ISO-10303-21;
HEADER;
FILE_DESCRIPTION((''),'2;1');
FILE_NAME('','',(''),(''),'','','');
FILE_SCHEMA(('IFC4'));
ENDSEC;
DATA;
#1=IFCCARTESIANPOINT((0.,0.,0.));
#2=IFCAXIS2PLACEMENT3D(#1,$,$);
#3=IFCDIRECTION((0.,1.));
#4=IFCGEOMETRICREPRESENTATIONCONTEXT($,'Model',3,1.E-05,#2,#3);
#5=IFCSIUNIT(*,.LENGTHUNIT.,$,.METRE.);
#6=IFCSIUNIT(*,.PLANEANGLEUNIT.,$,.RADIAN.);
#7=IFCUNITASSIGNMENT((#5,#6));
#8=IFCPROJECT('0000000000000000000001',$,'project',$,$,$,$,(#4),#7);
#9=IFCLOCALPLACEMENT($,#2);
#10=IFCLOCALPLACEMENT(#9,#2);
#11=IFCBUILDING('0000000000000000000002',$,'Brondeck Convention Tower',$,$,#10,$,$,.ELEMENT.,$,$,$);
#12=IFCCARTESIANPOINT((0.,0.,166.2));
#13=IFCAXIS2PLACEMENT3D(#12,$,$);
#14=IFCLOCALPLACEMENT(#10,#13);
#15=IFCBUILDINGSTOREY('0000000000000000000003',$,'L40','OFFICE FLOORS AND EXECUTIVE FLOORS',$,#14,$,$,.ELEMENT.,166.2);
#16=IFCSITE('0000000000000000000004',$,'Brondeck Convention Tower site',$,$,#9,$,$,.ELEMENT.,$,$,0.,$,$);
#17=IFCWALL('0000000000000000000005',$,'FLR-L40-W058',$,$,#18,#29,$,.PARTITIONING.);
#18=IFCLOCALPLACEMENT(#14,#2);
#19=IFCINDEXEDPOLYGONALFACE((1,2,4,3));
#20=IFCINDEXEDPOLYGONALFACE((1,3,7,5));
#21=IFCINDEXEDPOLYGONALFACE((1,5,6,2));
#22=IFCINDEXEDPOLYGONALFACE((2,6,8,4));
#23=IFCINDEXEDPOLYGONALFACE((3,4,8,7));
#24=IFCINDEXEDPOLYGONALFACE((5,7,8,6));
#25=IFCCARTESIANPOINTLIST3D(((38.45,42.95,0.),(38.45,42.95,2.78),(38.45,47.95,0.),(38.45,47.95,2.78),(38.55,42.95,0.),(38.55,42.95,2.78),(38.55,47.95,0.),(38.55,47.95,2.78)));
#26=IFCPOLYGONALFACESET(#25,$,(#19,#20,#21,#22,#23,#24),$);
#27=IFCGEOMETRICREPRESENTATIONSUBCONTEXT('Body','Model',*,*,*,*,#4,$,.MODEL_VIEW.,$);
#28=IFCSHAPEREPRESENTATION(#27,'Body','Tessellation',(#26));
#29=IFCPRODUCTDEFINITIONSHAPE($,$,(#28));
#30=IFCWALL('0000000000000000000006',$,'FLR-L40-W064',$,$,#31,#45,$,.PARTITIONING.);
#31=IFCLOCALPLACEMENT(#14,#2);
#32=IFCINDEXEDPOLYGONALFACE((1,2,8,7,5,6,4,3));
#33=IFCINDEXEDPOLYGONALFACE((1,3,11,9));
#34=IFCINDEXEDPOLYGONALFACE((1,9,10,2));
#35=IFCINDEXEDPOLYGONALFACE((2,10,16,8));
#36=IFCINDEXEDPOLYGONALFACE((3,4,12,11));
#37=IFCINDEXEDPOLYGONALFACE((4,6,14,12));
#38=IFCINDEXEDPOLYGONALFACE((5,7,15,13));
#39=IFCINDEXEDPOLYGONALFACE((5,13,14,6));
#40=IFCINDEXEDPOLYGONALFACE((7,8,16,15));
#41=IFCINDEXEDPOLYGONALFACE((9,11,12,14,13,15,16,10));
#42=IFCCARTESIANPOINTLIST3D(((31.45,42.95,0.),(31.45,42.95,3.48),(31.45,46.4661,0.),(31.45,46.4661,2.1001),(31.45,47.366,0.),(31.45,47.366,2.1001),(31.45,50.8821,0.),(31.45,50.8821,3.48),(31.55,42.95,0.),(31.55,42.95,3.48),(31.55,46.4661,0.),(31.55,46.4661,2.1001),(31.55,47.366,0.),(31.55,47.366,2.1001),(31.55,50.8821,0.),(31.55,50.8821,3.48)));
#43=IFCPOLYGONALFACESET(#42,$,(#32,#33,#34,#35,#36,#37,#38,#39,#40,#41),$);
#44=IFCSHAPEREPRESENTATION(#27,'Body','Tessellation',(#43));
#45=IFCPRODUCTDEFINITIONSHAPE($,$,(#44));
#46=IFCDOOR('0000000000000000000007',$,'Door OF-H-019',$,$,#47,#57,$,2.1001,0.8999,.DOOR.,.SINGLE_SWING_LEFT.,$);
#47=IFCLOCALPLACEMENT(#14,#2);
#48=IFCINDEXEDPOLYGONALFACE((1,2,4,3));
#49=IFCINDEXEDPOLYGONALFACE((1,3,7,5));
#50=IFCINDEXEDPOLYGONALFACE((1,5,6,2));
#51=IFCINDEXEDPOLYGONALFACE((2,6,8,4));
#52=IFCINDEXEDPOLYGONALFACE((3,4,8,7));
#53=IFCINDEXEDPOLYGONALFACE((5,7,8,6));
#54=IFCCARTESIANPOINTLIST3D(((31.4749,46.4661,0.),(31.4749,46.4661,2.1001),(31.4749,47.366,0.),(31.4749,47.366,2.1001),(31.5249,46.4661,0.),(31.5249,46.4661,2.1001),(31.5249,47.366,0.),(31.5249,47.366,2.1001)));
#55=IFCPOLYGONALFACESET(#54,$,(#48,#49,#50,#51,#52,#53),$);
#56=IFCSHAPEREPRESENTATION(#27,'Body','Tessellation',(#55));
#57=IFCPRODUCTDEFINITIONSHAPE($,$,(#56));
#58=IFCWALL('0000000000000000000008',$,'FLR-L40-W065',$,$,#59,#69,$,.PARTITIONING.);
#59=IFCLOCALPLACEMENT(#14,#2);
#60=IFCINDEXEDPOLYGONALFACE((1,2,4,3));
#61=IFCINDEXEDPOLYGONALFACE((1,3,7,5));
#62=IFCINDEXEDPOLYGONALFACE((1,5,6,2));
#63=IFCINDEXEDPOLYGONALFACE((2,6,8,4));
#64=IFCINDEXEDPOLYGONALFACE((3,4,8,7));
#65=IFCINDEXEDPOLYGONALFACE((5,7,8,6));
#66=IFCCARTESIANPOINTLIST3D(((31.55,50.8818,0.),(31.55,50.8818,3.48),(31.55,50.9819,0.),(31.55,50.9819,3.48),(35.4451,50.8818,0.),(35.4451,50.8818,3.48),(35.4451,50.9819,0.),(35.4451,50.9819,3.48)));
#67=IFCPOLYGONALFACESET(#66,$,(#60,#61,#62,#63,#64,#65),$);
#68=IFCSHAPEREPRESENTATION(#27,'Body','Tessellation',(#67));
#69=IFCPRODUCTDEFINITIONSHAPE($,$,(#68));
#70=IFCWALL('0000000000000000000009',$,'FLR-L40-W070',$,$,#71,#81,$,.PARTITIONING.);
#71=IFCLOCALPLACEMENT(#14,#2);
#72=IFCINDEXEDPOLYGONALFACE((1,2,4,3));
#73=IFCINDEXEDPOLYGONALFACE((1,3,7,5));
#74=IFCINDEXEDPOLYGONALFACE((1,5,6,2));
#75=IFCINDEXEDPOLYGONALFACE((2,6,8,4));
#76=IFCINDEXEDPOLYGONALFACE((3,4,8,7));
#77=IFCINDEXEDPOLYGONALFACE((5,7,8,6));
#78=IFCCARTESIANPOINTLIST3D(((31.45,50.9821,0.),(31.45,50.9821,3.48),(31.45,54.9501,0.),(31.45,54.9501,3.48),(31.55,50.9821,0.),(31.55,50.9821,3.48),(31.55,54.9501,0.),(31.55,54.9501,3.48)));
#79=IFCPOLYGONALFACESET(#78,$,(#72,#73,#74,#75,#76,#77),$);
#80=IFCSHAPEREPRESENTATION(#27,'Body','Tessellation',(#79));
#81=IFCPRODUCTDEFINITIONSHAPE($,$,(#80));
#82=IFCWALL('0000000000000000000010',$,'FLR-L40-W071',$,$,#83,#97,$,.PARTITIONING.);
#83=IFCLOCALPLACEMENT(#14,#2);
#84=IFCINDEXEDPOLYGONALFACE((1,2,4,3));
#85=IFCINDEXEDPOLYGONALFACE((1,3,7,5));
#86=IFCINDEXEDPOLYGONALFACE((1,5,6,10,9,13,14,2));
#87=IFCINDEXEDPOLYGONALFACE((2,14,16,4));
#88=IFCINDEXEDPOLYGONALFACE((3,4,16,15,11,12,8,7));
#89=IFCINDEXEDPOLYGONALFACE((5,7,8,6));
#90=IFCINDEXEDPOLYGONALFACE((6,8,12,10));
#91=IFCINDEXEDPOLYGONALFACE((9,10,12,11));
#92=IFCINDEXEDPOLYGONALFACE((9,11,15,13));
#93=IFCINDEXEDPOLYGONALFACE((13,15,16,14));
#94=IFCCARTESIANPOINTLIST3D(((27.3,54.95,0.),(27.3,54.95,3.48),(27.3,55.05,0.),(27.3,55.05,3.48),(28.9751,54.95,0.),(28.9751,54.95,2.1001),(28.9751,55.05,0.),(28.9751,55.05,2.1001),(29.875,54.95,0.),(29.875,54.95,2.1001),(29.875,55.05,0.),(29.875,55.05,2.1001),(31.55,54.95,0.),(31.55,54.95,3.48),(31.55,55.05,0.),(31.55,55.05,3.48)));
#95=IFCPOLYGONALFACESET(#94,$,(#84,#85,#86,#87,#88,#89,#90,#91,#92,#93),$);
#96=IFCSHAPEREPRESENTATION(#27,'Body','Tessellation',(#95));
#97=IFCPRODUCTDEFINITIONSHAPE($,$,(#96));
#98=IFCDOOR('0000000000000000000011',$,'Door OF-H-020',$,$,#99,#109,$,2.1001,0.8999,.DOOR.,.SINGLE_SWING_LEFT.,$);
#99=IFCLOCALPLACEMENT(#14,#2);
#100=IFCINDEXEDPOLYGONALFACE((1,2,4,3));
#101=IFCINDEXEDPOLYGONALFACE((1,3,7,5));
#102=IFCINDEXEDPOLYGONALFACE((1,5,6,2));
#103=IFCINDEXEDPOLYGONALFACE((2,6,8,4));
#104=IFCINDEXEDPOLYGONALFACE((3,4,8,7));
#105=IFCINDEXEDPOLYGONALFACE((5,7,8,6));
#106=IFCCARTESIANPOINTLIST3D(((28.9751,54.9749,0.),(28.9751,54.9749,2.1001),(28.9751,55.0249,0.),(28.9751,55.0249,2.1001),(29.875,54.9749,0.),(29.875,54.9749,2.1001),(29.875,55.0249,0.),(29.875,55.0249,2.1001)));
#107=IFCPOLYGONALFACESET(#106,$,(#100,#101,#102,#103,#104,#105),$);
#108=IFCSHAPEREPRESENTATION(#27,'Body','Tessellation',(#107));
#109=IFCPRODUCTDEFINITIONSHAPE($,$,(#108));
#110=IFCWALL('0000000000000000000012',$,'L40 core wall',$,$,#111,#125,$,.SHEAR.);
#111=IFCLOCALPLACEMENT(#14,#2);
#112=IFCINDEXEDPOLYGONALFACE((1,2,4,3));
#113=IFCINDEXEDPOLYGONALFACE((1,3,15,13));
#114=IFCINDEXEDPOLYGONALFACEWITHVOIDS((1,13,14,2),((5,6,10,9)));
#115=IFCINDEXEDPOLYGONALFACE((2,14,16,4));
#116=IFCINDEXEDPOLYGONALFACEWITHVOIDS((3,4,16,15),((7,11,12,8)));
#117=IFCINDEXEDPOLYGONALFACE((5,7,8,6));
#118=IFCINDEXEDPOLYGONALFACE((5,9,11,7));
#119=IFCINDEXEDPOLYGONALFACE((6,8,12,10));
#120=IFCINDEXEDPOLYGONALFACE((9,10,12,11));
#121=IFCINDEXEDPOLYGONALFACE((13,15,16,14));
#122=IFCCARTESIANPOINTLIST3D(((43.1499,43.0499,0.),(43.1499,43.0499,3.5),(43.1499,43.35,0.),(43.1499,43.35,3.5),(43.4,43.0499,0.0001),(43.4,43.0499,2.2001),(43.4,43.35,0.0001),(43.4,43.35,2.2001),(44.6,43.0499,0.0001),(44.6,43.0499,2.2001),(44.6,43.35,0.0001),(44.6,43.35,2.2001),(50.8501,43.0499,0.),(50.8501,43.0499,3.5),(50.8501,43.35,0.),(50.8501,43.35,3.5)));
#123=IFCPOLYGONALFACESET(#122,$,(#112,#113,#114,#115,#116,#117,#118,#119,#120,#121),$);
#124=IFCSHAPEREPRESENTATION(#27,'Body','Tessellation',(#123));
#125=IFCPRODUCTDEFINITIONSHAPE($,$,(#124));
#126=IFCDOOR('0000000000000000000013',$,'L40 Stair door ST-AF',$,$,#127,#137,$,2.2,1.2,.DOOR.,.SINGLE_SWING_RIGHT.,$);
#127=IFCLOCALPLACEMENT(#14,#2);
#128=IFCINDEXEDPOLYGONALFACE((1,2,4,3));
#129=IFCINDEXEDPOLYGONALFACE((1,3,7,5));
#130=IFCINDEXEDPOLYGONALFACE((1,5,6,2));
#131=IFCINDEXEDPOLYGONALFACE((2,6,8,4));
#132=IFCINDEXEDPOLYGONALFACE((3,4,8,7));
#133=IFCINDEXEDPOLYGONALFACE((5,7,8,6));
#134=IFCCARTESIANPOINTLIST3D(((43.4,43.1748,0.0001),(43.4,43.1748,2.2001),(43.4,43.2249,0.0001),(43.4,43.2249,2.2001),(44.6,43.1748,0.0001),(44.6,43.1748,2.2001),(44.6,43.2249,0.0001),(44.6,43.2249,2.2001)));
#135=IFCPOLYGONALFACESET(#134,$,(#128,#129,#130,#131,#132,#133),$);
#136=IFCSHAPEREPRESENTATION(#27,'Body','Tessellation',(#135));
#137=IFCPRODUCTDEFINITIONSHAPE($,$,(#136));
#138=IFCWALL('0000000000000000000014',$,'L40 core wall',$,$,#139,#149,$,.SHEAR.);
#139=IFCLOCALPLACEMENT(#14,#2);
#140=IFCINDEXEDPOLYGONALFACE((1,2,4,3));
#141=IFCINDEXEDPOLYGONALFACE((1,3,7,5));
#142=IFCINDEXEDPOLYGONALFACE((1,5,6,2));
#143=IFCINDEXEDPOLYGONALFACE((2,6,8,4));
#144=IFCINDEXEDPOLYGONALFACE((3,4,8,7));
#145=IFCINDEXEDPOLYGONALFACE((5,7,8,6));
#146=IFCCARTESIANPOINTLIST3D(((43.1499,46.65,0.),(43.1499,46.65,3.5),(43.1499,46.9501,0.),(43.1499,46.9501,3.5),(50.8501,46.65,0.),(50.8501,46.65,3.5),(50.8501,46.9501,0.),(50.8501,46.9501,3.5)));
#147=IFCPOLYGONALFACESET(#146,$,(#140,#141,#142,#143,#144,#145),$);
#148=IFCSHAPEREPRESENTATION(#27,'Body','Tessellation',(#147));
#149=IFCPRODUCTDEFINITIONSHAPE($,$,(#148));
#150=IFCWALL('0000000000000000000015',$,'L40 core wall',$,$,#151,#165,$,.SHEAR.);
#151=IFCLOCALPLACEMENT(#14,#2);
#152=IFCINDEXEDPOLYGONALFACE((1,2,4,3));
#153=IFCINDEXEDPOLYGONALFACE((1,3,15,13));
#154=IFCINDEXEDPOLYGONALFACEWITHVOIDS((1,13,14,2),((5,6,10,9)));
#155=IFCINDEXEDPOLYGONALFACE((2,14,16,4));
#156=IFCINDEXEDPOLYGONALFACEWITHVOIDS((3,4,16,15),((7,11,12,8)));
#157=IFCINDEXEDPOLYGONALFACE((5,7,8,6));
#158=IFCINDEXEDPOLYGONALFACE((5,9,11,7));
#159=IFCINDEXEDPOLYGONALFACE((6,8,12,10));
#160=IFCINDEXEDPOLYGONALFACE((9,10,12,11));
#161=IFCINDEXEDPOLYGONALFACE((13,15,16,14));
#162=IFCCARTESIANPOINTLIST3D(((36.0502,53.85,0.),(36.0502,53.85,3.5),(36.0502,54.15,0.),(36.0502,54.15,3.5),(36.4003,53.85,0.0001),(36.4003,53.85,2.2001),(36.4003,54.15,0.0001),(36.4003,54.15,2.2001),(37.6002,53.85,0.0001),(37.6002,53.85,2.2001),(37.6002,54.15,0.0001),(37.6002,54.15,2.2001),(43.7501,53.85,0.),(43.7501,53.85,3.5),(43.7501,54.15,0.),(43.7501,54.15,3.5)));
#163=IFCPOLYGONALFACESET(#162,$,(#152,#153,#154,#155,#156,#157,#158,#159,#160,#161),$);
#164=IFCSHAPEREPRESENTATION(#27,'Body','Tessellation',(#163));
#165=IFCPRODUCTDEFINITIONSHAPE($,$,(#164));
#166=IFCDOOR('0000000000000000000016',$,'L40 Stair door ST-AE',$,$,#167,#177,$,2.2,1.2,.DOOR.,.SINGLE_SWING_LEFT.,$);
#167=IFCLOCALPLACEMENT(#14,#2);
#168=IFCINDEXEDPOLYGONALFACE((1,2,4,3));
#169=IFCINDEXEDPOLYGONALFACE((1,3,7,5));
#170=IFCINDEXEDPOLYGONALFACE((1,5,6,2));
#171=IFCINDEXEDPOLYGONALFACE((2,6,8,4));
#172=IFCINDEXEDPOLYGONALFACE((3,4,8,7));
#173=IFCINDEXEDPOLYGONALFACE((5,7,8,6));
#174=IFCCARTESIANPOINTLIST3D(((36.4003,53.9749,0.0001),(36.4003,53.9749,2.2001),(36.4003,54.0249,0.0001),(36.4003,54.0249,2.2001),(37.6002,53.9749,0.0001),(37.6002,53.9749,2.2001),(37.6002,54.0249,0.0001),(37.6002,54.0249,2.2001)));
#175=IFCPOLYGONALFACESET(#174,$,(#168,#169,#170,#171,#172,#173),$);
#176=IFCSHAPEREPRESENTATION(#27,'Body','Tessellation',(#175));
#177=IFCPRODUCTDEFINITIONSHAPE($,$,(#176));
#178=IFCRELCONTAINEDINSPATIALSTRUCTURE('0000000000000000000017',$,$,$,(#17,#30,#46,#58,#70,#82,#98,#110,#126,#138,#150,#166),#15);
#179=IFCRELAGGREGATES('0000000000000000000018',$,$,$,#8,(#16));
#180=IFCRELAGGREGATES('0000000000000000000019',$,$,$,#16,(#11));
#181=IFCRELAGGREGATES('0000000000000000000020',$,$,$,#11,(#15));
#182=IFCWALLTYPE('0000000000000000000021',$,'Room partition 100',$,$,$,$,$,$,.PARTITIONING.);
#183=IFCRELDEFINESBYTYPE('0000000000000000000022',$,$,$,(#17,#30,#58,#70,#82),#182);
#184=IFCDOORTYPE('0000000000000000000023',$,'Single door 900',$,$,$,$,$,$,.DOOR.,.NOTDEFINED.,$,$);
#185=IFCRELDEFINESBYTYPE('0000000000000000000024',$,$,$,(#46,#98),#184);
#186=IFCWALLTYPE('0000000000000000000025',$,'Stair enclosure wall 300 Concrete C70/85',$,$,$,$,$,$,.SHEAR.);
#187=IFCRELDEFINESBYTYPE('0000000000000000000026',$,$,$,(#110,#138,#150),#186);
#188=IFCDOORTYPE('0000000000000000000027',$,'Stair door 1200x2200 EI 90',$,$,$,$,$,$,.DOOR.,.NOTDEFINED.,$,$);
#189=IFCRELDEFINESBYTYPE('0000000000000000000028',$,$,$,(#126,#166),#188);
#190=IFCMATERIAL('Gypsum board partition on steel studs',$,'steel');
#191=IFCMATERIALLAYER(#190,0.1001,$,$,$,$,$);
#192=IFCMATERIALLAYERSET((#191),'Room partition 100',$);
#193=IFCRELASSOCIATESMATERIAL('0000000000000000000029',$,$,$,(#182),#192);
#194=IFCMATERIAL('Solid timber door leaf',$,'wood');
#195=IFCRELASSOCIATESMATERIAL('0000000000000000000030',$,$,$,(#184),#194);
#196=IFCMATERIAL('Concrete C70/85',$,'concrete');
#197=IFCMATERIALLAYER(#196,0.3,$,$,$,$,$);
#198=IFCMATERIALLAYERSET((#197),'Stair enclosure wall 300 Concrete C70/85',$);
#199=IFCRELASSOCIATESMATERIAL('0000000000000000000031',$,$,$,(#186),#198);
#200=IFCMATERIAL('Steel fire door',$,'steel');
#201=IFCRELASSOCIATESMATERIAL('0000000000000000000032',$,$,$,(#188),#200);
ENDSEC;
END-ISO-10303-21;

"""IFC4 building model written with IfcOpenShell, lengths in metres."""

from ifc_helpers import new_model, si_unit, direction, frame, frame_2d, origin, place, context, subcontext, project, spatial, rectangle, extrude, material, layer, layer_set, type_object, element, fill, save


model = new_model("IFC4")

# Units and contexts
model_context = context("Model", 3, precision=1e-05, world=origin(), true_north=direction((0.0, 1.0)))
body_context = subcontext(model_context, "Body", "Model", "MODEL_VIEW")
ifc_project = project(units=[si_unit("LENGTHUNIT", "METRE"), si_unit("PLANEANGLEUNIT", "RADIAN")], contexts=[model_context])

# Site, building, storey
site_placement = place(None, origin())
site = spatial("IfcSite", under=ifc_project, at=site_placement, Name="Brondeck Convention Tower site", CompositionType="ELEMENT", RefElevation=0.0)
building_placement = place(site_placement, origin())
building = spatial("IfcBuilding", under=site, at=building_placement, Name="Brondeck Convention Tower", CompositionType="ELEMENT")
storey_placement = place(building_placement, frame((0.0, 0.0, 166.2)))
storey = spatial("IfcBuildingStorey", under=building, at=storey_placement, Name="L40", Description="OFFICE FLOORS AND EXECUTIVE FLOORS", CompositionType="ELEMENT", Elevation=166.2)

# Shared definitions
ifc_material_1 = material(Name="Concrete C70/85", Category="concrete")

# Wall
ifc_material_2 = material(Name="Gypsum board partition on steel studs", Category="steel")
ifc_layer_1 = layer(ifc_material_2, 0.1001)
ifc_layer_set_1 = layer_set([ifc_layer_1], Name="Room partition 100")
wall_type_1 = type_object("IfcWallType", Name="Room partition 100", PredefinedType="PARTITIONING", material=ifc_layer_set_1)
wall_1_placement = place(storey_placement, frame((38.5, 47.95, 0.0), z_axis=(0.0, 0.0, 1.0), x_axis=(0.0, -1.0, 0.0)))
element("IfcWall", 1, at=wall_1_placement, inside=storey, type_object=wall_type_1, Name="FLR-L40-W058", PredefinedType="PARTITIONING", context=body_context, shape_type="SweptSolid", body=[
    extrude(rectangle(XDim=5.0, YDim=0.1001, at=frame_2d((2.5, 0.0))), origin(), (0.0, 0.0, 1.0), 2.78),
])

# Wall, opening, door
wall_2_placement = place(storey_placement, frame((31.5, 50.8821, 0.0), z_axis=(0.0, 0.0, 1.0), x_axis=(0.0, -1.0, 0.0)))
wall_2 = element("IfcWall", 2, at=wall_2_placement, inside=storey, type_object=wall_type_1, Name="FLR-L40-W064", PredefinedType="PARTITIONING", context=body_context, shape_type="SweptSolid", body=[
    extrude(rectangle(XDim=7.9321, YDim=0.1001, at=frame_2d((3.9661, 0.0))), origin(), (0.0, 0.0, 1.0), 3.48),
])
opening_1_placement = place(wall_2_placement, frame((3.5161, 0.0, 0.0)))
opening_1 = element("IfcOpeningElement", 3, at=opening_1_placement, cuts=wall_2, PredefinedType="OPENING", context=body_context, shape_type="SweptSolid", body=[
    extrude(rectangle(XDim=0.8999, YDim=2.1001, at=frame_2d((0.45, 1.05))), frame((0.0, 0.0601, 0.0), z_axis=(0.0, -1.0, 0.0), x_axis=(1.0, 0.0, 0.0)), (0.0, 0.0, 1.0), 0.1201),
])
ifc_material_3 = material(Name="Solid timber door leaf", Category="wood")
door_type_1 = type_object("IfcDoorType", Name="Single door 900", OperationType="NOTDEFINED", PredefinedType="DOOR", material=ifc_material_3)
door_1_placement = place(opening_1_placement, origin())
door_1 = element("IfcDoor", 4, at=door_1_placement, inside=storey, type_object=door_type_1, Name="Door OF-H-019", OperationType="SINGLE_SWING_LEFT", OverallHeight=2.1001, OverallWidth=0.8999, PredefinedType="DOOR", context=body_context, shape_type="SweptSolid", body=[
    extrude(rectangle(XDim=0.8999, YDim=2.1001, at=frame_2d((0.45, 1.05))), frame((0.0, 0.0249, 0.0), z_axis=(0.0, -1.0, 0.0), x_axis=(1.0, 0.0, 0.0)), (0.0, 0.0, 1.0), 0.05),
])
fill(opening_1, door_1)

# Walls
wall_3_placement = place(storey_placement, frame((31.55, 50.9319, 0.0), z_axis=(0.0, 0.0, 1.0), x_axis=(1.0, 0.0, 0.0)))
element("IfcWall", 5, at=wall_3_placement, inside=storey, type_object=wall_type_1, Name="FLR-L40-W065", PredefinedType="PARTITIONING", context=body_context, shape_type="SweptSolid", body=[
    extrude(rectangle(XDim=3.895, YDim=0.1001, at=frame_2d((1.9475, 0.0))), origin(), (0.0, 0.0, 1.0), 3.48),
])
wall_4_placement = place(storey_placement, frame((31.5, 54.95, 0.0), z_axis=(0.0, 0.0, 1.0), x_axis=(0.0, -1.0, 0.0)))
element("IfcWall", 6, at=wall_4_placement, inside=storey, type_object=wall_type_1, Name="FLR-L40-W070", PredefinedType="PARTITIONING", context=body_context, shape_type="SweptSolid", body=[
    extrude(rectangle(XDim=3.968, YDim=0.1001, at=frame_2d((1.9839, 0.0))), origin(), (0.0, 0.0, 1.0), 3.48),
])

# Walls, openings, doors
wall_5_placement = place(storey_placement, frame((27.3, 55.0, 0.0), z_axis=(0.0, 0.0, 1.0), x_axis=(1.0, 0.0, 0.0)))
wall_5 = element("IfcWall", 7, at=wall_5_placement, inside=storey, type_object=wall_type_1, Name="FLR-L40-W071", PredefinedType="PARTITIONING", context=body_context, shape_type="SweptSolid", body=[
    extrude(rectangle(XDim=4.25, YDim=0.1001, at=frame_2d((2.125, 0.0))), origin(), (0.0, 0.0, 1.0), 3.48),
])
opening_2_placement = place(wall_5_placement, frame((1.675, 0.0, 0.0)))
opening_2 = element("IfcOpeningElement", 8, at=opening_2_placement, cuts=wall_5, PredefinedType="OPENING", context=body_context, shape_type="SweptSolid", body=[
    extrude(rectangle(XDim=0.8999, YDim=2.1001, at=frame_2d((0.45, 1.05))), frame((0.0, 0.0601, 0.0), z_axis=(0.0, -1.0, 0.0), x_axis=(1.0, 0.0, 0.0)), (0.0, 0.0, 1.0), 0.1201),
])
door_2_placement = place(opening_2_placement, origin())
door_2 = element("IfcDoor", 9, at=door_2_placement, inside=storey, type_object=door_type_1, Name="Door OF-H-020", OperationType="SINGLE_SWING_LEFT", OverallHeight=2.1001, OverallWidth=0.8999, PredefinedType="DOOR", context=body_context, shape_type="SweptSolid", body=[
    extrude(rectangle(XDim=0.8999, YDim=2.1001, at=frame_2d((0.45, 1.05))), frame((0.0, 0.0249, 0.0), z_axis=(0.0, -1.0, 0.0), x_axis=(1.0, 0.0, 0.0)), (0.0, 0.0, 1.0), 0.05),
])
fill(opening_2, door_2)
ifc_layer_2 = layer(ifc_material_1, 0.3)
ifc_layer_set_2 = layer_set([ifc_layer_2], Name="Stair enclosure wall 300 Concrete C70/85")
wall_type_2 = type_object("IfcWallType", Name="Stair enclosure wall 300 Concrete C70/85", PredefinedType="SHEAR", material=ifc_layer_set_2)
wall_6_placement = place(storey_placement, frame((43.1499, 43.2, 0.0), z_axis=(0.0, 0.0, 1.0), x_axis=(1.0, 0.0, 0.0)))
wall_6 = element("IfcWall", 10, at=wall_6_placement, inside=storey, type_object=wall_type_2, Name="L40 core wall", PredefinedType="SHEAR", context=body_context, shape_type="SweptSolid", body=[
    extrude(rectangle(XDim=7.7002, YDim=0.3, at=frame_2d((3.8501, 0.0))), origin(), (0.0, 0.0, 1.0), 3.5),
])
opening_3_placement = place(wall_6_placement, frame((0.25, 0.0, 0.0)))
opening_3 = element("IfcOpeningElement", 11, at=opening_3_placement, cuts=wall_6, PredefinedType="OPENING", context=body_context, shape_type="SweptSolid", body=[
    extrude(rectangle(XDim=1.2, YDim=2.2, at=frame_2d((0.6001, 1.1001))), frame((0.0, 0.1599, 0.0), z_axis=(0.0, -1.0, 0.0), x_axis=(1.0, 0.0, 0.0)), (0.0, 0.0, 1.0), 0.3201),
])
ifc_material_4 = material(Name="Steel fire door", Category="steel")
door_type_2 = type_object("IfcDoorType", Name="Stair door 1200x2200 EI 90", OperationType="NOTDEFINED", PredefinedType="DOOR", material=ifc_material_4)
door_3_placement = place(opening_3_placement, origin())
door_3 = element("IfcDoor", 12, at=door_3_placement, inside=storey, type_object=door_type_2, Name="L40 Stair door ST-AF", OperationType="SINGLE_SWING_RIGHT", OverallHeight=2.2, OverallWidth=1.2, PredefinedType="DOOR", context=body_context, shape_type="SweptSolid", body=[
    extrude(rectangle(XDim=1.2, YDim=2.2, at=frame_2d((0.6001, 1.1001))), frame((0.0, 0.0249, 0.0), z_axis=(0.0, -1.0, 0.0), x_axis=(1.0, 0.0, 0.0)), (0.0, 0.0, 1.0), 0.05),
])
fill(opening_3, door_3)

# Wall
wall_7_placement = place(storey_placement, frame((43.1499, 46.8, 0.0), z_axis=(0.0, 0.0, 1.0), x_axis=(1.0, 0.0, 0.0)))
element("IfcWall", 13, at=wall_7_placement, inside=storey, type_object=wall_type_2, Name="L40 core wall", PredefinedType="SHEAR", context=body_context, shape_type="SweptSolid", body=[
    extrude(rectangle(XDim=7.7002, YDim=0.3, at=frame_2d((3.8501, 0.0))), origin(), (0.0, 0.0, 1.0), 3.5),
])

# Wall, opening, door
wall_8_placement = place(storey_placement, frame((36.05, 54.0, 0.0), z_axis=(0.0, 0.0, 1.0), x_axis=(1.0, 0.0, 0.0)))
wall_8 = element("IfcWall", 14, at=wall_8_placement, inside=storey, type_object=wall_type_2, Name="L40 core wall", PredefinedType="SHEAR", context=body_context, shape_type="SweptSolid", body=[
    extrude(rectangle(XDim=7.7, YDim=0.3, at=frame_2d((3.8501, 0.0))), origin(), (0.0, 0.0, 1.0), 3.5),
])
opening_4_placement = place(wall_8_placement, frame((0.3501, 0.0, 0.0)))
opening_4 = element("IfcOpeningElement", 15, at=opening_4_placement, cuts=wall_8, PredefinedType="OPENING", context=body_context, shape_type="SweptSolid", body=[
    extrude(rectangle(XDim=1.2, YDim=2.2, at=frame_2d((0.6001, 1.1001))), frame((0.0, 0.1599, 0.0), z_axis=(0.0, -1.0, 0.0), x_axis=(1.0, 0.0, 0.0)), (0.0, 0.0, 1.0), 0.3201),
])
door_4_placement = place(opening_4_placement, origin())
door_4 = element("IfcDoor", 16, at=door_4_placement, inside=storey, type_object=door_type_2, Name="L40 Stair door ST-AE", OperationType="SINGLE_SWING_LEFT", OverallHeight=2.2, OverallWidth=1.2, PredefinedType="DOOR", context=body_context, shape_type="SweptSolid", body=[
    extrude(rectangle(XDim=1.2, YDim=2.2, at=frame_2d((0.6001, 1.1001))), frame((0.0, 0.0249, 0.0), z_axis=(0.0, -1.0, 0.0), x_axis=(1.0, 0.0, 0.0)), (0.0, 0.0, 1.0), 0.05),
])
fill(opening_4, door_4)

save(model, "model.ifc")
